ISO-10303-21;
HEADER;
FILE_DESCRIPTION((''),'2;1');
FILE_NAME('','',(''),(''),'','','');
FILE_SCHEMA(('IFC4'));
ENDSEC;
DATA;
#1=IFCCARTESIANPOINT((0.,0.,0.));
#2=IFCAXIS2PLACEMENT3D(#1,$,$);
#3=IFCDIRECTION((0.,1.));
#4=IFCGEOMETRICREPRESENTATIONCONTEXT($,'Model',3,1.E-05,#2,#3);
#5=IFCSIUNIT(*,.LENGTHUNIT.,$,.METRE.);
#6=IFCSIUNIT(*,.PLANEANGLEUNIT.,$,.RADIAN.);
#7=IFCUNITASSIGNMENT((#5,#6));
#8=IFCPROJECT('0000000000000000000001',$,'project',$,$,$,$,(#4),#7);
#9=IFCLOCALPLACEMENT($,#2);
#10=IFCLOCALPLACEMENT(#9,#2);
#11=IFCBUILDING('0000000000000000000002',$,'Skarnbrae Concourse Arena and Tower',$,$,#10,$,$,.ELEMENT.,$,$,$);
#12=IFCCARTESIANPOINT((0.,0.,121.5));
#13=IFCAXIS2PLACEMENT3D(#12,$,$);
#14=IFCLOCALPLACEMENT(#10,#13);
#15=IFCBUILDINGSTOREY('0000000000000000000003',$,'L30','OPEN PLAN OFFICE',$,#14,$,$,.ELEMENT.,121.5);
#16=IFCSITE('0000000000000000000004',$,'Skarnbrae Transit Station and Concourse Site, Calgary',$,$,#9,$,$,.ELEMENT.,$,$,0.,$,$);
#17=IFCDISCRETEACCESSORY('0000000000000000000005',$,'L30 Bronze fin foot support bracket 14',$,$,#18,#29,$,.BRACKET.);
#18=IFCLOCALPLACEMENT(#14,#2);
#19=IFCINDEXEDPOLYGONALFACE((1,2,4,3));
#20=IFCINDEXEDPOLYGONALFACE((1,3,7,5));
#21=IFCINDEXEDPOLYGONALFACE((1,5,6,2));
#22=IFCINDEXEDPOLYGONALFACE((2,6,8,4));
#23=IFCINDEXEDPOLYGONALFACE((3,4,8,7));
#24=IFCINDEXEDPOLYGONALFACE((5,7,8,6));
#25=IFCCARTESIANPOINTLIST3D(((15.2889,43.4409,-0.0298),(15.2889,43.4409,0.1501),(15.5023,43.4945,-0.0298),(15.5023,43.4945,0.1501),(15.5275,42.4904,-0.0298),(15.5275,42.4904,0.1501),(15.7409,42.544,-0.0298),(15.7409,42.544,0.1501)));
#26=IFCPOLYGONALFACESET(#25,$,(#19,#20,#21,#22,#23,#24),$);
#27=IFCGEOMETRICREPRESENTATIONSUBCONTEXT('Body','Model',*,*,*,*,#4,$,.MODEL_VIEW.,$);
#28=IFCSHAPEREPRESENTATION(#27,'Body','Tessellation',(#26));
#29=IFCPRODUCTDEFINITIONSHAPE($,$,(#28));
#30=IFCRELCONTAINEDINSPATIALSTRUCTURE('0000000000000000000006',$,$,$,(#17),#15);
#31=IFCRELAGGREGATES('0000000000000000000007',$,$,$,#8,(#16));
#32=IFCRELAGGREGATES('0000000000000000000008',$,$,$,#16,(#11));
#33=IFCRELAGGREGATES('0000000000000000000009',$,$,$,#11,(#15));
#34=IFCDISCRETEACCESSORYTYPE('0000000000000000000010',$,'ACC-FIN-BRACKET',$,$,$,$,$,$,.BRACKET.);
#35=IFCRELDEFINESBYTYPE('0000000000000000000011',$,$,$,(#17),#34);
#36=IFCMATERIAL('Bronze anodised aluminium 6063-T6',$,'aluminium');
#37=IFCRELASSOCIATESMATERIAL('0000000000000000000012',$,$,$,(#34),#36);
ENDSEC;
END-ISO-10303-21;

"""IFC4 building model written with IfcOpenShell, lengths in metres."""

from ifc_helpers import new_model, si_unit, direction, frame, origin, origin_2d, place, context, subcontext, project, spatial, rectangle, extrude, source, transform, mapped, material, type_object, element, save


model = new_model("IFC4")

# Units and contexts
model_context = context("Model", 3, precision=1e-05, world=origin(), true_north=direction((0.0, 1.0)))
body_context = subcontext(model_context, "Body", "Model", "MODEL_VIEW")
ifc_project = project(units=[si_unit("LENGTHUNIT", "METRE"), si_unit("PLANEANGLEUNIT", "RADIAN")], contexts=[model_context])

# Site, building, storey
site_placement = place(None, origin())
site = spatial("IfcSite", under=ifc_project, at=site_placement, Name="Skarnbrae Transit Station and Concourse Site, Calgary", CompositionType="ELEMENT", RefElevation=0.0)
building_placement = place(site_placement, origin())
building = spatial("IfcBuilding", under=site, at=building_placement, Name="Skarnbrae Concourse Arena and Tower", CompositionType="ELEMENT")
storey_placement = place(building_placement, frame((0.0, 0.0, 121.5)))
storey = spatial("IfcBuildingStorey", under=building, at=storey_placement, Name="L30", Description="OPEN PLAN OFFICE", CompositionType="ELEMENT", Elevation=121.5)

# Shared definitions
ifc_material_1 = material(Name="Bronze anodised aluminium 6063-T6", Category="aluminium")

# Discrete accessory
discrete_accessory_type = type_object("IfcDiscreteAccessoryType", Name="ACC-FIN-BRACKET", PredefinedType="BRACKET", material=ifc_material_1)
shared_shape_1 = source(origin(), body_context, "Body", "SweptSolid", [
    extrude(rectangle(XDim=0.22, YDim=0.98, at=origin_2d()), origin(), (0.0, 0.0, 1.0), 0.1799),
])
for number, where, z_axis, x_axis, name in (
    (1, (15.5149, 42.9924, -0.0298), (0.0, 0.0, 1.0), (0.969902, 0.243497, 0.0), "L30 Bronze fin foot support bracket 14"),
):
    element("IfcDiscreteAccessory", number, at=place(storey_placement, frame(where, z_axis=z_axis, x_axis=x_axis)), inside=storey, type_object=discrete_accessory_type, Name=name, PredefinedType="BRACKET", context=body_context, shape_type="MappedRepresentation", body=[
        mapped(shared_shape_1, transform((0.0, 0.0, 0.0))),
    ])

save(model, "model.ifc")
